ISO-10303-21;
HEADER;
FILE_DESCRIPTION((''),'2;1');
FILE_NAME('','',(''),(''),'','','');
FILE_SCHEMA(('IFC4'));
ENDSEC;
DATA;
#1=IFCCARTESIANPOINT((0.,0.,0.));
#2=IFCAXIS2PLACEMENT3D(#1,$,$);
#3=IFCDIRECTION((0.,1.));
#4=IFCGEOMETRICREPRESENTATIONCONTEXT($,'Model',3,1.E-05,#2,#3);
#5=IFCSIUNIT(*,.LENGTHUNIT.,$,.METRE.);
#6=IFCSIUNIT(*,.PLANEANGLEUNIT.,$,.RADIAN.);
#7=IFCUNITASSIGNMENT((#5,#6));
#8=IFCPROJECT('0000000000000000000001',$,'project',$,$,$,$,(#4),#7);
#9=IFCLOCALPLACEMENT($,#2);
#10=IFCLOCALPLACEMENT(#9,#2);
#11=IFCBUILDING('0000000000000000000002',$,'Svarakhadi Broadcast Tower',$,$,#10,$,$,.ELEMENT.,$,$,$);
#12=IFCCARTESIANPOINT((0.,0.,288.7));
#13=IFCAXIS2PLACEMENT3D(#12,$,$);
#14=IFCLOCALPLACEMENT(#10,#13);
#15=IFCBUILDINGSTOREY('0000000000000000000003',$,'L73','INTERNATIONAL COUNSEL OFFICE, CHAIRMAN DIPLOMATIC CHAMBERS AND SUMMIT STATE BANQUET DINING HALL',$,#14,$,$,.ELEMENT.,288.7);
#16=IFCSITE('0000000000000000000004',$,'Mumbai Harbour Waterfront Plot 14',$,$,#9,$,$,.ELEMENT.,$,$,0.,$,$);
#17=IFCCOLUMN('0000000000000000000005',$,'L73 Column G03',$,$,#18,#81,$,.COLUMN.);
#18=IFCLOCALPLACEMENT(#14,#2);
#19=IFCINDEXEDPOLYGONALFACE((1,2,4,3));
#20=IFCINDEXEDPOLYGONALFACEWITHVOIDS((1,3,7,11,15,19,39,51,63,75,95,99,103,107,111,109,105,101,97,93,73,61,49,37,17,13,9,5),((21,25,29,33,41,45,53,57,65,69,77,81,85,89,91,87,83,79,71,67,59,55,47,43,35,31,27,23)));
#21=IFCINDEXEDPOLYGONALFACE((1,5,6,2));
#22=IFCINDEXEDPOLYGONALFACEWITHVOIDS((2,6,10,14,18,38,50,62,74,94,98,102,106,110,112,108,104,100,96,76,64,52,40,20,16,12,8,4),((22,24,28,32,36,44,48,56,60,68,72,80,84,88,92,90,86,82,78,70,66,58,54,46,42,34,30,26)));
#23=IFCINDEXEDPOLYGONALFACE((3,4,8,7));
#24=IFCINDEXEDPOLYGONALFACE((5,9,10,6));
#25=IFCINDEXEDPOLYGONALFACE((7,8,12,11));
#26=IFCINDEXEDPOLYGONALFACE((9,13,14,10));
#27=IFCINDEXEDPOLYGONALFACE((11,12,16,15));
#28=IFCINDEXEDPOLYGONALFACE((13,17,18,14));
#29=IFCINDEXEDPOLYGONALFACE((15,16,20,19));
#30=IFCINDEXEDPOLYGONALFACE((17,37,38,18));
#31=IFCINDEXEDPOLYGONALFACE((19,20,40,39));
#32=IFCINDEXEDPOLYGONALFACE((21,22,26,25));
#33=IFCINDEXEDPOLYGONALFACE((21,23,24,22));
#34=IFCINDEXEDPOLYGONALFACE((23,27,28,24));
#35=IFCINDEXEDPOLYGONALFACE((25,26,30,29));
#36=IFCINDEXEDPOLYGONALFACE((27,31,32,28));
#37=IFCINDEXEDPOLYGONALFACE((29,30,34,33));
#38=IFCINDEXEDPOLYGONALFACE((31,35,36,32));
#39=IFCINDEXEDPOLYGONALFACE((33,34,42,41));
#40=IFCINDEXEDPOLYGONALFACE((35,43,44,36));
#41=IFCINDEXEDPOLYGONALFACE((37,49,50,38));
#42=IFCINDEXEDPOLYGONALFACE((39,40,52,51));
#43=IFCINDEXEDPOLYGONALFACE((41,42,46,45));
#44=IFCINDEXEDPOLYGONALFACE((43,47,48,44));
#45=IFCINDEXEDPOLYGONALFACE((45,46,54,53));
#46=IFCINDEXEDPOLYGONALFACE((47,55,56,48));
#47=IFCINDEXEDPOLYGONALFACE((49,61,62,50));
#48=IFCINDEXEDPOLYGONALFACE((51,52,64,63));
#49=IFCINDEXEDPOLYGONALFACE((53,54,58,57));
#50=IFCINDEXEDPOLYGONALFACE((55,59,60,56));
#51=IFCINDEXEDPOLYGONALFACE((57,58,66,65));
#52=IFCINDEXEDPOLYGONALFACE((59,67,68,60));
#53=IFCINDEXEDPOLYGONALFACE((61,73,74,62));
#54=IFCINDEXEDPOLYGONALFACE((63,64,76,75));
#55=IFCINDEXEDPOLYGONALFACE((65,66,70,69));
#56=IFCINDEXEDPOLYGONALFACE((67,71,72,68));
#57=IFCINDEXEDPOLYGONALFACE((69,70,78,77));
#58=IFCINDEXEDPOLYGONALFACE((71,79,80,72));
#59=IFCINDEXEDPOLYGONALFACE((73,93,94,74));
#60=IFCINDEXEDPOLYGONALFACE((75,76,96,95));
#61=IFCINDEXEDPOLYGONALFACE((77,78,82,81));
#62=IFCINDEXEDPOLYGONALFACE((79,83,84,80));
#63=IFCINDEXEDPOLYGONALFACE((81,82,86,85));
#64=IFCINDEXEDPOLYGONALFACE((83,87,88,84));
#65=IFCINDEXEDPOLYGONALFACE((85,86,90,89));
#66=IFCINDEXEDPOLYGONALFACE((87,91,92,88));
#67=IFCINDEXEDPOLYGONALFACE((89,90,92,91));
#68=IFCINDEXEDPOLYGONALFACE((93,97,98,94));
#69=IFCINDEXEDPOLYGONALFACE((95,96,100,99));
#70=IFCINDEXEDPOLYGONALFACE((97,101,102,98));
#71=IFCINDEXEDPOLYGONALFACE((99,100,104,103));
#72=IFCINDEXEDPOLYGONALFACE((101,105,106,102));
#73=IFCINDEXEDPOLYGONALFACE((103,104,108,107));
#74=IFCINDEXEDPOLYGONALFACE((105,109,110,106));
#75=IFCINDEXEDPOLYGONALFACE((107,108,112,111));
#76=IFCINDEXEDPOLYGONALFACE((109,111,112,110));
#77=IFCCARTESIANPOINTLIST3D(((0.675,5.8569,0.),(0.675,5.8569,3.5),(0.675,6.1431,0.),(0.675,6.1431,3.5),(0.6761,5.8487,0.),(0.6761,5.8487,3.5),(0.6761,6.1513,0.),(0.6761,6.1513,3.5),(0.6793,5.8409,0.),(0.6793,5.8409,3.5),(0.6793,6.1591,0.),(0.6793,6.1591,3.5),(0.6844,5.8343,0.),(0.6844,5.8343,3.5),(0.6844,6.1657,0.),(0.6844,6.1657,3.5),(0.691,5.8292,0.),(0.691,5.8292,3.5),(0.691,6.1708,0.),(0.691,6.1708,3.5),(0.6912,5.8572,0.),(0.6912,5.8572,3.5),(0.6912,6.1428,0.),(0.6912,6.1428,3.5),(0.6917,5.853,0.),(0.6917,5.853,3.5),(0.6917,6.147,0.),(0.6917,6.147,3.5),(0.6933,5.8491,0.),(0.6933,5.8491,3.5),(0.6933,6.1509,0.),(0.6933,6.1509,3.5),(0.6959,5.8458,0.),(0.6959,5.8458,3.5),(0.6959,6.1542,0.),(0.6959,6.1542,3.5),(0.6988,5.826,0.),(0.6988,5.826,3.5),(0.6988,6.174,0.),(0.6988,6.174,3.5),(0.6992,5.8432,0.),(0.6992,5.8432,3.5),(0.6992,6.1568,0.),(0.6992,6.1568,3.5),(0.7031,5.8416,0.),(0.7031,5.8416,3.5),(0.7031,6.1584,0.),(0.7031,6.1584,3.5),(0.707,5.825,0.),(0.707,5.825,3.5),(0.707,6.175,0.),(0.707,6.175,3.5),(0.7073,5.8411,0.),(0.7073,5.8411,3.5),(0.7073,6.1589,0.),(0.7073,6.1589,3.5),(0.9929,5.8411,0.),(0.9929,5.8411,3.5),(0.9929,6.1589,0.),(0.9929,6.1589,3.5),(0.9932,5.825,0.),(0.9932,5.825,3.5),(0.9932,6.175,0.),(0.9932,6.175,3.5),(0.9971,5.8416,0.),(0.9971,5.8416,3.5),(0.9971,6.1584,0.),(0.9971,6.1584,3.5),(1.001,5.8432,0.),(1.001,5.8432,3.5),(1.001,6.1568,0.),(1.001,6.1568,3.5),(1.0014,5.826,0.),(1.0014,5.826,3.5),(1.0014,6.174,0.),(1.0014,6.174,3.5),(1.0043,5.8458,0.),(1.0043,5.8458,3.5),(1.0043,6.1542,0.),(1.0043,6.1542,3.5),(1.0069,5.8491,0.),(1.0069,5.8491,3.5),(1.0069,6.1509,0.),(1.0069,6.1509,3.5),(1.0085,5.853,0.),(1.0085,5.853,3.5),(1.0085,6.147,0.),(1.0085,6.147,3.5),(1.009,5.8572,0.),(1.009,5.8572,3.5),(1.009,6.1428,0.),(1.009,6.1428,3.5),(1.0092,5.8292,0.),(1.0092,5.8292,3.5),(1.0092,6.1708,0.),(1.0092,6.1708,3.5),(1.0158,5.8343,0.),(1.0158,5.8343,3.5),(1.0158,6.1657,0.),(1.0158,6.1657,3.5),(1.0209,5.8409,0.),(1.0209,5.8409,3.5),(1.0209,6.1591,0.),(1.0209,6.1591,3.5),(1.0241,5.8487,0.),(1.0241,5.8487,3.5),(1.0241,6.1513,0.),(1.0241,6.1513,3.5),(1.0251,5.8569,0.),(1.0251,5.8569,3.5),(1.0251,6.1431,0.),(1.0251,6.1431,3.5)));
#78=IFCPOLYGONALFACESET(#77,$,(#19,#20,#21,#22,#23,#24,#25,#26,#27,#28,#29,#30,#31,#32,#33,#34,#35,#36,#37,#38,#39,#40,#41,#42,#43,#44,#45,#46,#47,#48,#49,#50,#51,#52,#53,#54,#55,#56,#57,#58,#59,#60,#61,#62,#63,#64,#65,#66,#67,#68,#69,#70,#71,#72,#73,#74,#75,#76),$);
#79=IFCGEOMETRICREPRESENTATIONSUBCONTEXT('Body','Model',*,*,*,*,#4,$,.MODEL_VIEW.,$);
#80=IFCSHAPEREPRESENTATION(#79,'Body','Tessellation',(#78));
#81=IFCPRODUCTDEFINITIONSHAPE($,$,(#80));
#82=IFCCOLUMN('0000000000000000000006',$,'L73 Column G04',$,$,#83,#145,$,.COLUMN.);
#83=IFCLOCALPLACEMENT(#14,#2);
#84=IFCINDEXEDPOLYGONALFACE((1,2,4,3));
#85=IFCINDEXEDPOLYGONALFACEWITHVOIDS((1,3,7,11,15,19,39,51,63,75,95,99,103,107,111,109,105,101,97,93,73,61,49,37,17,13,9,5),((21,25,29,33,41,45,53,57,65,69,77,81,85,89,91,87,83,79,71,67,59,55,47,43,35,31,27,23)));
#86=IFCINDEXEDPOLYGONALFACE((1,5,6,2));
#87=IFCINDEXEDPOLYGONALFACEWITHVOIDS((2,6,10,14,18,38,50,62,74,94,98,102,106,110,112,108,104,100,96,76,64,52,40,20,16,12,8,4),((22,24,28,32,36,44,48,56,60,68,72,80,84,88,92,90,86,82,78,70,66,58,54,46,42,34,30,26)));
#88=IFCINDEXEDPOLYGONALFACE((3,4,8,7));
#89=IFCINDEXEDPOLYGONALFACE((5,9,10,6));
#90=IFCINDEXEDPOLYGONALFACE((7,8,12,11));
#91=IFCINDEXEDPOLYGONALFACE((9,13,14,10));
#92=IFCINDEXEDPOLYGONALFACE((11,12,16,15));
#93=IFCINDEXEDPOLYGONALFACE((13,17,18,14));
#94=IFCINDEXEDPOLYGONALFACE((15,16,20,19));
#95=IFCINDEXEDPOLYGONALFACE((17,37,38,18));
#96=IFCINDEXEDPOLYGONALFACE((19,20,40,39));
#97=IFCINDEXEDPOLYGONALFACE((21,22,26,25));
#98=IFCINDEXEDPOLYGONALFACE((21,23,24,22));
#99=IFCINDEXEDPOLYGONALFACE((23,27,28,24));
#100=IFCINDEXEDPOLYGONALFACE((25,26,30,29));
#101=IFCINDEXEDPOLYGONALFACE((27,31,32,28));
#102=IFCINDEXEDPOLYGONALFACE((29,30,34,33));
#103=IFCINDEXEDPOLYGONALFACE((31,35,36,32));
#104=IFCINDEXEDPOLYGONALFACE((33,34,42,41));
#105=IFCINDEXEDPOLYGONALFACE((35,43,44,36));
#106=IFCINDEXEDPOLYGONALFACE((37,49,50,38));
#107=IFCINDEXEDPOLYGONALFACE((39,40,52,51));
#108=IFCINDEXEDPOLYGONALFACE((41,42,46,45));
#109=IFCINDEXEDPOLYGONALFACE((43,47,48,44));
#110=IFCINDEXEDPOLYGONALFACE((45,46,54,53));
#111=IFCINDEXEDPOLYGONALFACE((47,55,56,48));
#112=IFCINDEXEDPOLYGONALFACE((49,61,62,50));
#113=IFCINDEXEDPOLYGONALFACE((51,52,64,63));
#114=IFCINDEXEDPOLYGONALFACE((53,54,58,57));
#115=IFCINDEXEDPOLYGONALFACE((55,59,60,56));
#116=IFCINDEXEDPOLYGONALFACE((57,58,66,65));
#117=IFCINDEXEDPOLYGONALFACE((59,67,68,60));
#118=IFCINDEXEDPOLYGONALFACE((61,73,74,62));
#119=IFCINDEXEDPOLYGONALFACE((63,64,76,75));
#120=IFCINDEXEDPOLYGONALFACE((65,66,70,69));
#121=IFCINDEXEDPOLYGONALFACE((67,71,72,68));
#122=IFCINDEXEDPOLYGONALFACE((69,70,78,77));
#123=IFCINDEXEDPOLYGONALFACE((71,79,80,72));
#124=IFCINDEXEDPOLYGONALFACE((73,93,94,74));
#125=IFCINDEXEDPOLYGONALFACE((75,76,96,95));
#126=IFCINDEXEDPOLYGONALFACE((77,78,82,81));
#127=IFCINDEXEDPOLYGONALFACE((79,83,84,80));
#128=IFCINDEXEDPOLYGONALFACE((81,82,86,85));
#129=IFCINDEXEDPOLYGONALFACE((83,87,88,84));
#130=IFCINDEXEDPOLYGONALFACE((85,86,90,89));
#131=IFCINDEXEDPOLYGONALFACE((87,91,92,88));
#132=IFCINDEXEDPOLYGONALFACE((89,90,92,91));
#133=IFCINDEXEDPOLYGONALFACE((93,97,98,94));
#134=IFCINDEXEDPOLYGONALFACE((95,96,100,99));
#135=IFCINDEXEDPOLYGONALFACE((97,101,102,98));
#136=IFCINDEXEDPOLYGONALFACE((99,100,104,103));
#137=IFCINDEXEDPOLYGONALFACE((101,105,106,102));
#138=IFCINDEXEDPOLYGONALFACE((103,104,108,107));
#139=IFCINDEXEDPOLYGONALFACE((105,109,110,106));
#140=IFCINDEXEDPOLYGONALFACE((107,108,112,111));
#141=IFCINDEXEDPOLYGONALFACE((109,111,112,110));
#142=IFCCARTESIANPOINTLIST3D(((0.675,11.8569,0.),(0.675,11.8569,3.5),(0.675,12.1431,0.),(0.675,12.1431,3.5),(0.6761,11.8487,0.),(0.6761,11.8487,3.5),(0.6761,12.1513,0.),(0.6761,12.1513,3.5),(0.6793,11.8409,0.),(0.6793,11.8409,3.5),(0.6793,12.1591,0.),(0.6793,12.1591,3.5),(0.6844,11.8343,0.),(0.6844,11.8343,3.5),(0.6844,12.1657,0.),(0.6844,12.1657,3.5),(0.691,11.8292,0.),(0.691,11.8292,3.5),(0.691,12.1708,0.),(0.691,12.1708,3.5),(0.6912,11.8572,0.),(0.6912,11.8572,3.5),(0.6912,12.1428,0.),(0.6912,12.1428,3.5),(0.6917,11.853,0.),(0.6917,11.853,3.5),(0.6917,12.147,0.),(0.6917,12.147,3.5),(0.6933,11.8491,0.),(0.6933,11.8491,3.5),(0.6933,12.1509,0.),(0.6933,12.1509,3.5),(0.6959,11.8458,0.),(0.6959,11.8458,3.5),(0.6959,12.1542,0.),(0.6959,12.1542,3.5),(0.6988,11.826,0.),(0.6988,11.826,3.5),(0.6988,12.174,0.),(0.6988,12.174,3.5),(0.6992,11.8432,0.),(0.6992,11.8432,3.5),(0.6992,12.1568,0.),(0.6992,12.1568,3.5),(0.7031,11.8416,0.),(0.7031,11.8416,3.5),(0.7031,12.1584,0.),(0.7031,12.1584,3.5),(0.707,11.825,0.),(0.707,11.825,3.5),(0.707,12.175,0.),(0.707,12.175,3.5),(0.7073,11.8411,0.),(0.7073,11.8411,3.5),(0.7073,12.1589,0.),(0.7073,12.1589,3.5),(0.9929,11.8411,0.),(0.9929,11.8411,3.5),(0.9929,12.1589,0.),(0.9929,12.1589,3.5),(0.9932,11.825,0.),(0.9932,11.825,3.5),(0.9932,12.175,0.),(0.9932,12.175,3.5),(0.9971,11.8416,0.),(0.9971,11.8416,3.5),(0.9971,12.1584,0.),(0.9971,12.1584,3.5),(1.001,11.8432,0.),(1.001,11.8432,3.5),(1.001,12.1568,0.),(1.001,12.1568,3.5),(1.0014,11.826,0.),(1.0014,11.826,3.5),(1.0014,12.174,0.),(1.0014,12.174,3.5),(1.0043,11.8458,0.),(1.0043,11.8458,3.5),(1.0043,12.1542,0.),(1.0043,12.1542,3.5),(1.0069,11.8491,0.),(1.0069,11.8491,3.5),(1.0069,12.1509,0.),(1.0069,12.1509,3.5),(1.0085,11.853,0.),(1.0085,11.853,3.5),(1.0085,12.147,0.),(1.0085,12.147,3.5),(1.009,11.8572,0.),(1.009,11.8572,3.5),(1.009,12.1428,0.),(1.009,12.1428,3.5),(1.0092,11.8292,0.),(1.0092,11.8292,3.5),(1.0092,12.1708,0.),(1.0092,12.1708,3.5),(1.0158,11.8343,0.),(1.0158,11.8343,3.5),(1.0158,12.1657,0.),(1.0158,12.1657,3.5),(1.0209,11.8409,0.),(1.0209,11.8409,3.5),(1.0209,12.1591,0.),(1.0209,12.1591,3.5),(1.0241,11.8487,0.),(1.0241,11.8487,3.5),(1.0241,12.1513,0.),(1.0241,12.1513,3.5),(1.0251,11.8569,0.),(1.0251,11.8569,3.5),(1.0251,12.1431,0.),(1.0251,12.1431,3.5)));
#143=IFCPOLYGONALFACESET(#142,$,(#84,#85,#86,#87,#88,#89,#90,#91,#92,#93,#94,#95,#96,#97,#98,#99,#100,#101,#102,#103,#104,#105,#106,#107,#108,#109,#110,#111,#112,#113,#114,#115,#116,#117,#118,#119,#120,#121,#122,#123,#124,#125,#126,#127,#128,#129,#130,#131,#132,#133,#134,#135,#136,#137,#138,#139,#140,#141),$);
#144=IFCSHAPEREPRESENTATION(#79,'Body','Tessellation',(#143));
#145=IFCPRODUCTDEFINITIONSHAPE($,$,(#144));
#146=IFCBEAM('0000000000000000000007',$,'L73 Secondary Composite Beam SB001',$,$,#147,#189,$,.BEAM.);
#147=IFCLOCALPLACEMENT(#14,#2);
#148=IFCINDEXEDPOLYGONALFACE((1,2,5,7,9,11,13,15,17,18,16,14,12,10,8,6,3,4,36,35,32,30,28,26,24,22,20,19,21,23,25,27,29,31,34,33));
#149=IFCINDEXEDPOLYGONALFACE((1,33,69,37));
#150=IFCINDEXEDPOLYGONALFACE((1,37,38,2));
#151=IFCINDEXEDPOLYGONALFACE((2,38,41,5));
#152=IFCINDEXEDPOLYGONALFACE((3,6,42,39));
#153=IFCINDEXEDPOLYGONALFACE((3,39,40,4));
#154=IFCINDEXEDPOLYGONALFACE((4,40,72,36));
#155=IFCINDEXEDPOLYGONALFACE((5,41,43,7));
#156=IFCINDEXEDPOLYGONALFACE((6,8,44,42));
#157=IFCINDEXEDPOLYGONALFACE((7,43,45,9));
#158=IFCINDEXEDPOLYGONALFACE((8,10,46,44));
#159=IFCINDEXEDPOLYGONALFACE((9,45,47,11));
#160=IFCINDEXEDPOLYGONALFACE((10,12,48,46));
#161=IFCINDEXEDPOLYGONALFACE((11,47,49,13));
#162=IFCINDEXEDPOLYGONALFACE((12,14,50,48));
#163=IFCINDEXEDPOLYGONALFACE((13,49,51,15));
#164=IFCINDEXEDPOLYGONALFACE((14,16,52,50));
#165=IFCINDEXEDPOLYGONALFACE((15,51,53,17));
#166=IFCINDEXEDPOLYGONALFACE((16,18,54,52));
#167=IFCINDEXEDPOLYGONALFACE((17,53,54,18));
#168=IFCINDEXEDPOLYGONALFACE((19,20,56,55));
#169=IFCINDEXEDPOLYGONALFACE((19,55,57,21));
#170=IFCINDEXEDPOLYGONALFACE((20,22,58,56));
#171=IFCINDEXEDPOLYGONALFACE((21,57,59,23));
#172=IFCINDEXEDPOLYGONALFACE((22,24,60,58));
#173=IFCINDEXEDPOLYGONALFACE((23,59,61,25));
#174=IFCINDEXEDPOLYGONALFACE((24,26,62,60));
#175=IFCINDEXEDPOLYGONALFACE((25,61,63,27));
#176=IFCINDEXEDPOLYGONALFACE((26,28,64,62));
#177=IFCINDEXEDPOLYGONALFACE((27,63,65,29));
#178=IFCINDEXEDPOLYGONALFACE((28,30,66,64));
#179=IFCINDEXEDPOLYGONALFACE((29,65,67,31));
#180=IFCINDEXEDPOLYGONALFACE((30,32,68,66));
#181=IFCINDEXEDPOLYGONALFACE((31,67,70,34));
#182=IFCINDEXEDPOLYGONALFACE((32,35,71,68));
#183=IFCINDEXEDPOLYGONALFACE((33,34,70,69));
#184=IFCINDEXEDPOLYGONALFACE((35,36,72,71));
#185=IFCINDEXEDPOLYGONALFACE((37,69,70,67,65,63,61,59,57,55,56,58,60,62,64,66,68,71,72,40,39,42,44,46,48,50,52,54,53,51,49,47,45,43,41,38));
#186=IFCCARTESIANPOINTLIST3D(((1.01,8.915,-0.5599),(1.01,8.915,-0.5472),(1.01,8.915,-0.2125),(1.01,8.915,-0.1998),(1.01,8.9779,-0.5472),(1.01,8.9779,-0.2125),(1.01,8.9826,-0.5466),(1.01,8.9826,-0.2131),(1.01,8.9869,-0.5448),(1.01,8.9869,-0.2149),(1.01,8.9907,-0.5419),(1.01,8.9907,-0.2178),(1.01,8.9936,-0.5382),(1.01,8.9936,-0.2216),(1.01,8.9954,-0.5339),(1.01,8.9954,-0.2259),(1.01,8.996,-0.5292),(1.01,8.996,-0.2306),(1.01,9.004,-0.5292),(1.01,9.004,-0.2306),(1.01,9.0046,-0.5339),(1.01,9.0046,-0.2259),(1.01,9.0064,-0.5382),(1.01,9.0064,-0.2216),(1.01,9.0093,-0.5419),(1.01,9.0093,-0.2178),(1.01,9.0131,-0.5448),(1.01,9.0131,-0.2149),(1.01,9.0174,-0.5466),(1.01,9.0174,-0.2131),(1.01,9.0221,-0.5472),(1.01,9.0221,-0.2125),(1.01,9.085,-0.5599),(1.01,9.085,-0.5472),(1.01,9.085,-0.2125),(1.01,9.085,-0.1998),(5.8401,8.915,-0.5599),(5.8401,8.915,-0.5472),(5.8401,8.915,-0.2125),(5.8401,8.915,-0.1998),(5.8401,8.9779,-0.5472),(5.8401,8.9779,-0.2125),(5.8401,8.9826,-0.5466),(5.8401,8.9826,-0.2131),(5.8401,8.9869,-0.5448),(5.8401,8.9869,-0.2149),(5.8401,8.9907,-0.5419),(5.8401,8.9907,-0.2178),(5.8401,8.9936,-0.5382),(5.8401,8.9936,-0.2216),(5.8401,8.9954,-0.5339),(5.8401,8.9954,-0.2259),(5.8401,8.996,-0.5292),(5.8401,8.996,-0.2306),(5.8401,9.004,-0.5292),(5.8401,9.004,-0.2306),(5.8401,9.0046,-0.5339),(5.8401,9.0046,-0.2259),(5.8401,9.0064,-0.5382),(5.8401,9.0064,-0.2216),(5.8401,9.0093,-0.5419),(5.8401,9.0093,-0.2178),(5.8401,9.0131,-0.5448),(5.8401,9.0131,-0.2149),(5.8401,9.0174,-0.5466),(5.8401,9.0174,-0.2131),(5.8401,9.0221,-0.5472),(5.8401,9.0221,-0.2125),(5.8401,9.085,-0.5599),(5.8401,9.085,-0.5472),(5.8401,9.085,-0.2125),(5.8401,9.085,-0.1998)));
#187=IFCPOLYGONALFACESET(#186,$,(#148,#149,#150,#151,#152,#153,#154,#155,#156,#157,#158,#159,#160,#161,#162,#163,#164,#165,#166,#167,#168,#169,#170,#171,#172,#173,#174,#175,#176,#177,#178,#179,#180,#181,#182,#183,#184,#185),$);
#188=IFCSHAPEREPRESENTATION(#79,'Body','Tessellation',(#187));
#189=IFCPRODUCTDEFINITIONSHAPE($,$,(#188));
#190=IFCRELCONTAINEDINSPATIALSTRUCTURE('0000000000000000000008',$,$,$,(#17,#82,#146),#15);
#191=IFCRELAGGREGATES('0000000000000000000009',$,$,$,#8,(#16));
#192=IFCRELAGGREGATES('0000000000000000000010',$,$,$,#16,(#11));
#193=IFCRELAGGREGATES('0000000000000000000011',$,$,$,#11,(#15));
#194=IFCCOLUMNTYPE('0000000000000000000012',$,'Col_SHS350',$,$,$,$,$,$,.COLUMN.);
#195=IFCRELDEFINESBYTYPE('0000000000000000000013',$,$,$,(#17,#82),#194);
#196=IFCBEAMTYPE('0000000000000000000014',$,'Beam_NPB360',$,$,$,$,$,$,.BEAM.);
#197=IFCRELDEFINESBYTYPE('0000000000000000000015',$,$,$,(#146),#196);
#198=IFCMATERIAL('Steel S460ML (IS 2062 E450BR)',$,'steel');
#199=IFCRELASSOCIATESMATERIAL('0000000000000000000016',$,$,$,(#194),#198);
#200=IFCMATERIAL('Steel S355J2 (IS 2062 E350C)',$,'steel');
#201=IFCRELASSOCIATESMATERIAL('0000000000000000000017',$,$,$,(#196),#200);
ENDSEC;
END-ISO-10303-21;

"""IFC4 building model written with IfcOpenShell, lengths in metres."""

from ifc_helpers import new_model, si_unit, direction, frame, origin, origin_2d, place, context, subcontext, project, spatial, hollow_rectangle, i_section, extrude, material, material_profile, profile_set, type_object, element, save


model = new_model("IFC4")

# Units and contexts
model_context = context("Model", 3, precision=1e-05, world=origin(), true_north=direction((0.0, 1.0)))
body_context = subcontext(model_context, "Body", "Model", "MODEL_VIEW")
ifc_project = project(units=[si_unit("LENGTHUNIT", "METRE"), si_unit("PLANEANGLEUNIT", "RADIAN")], contexts=[model_context])

# Site, building, storey
site_placement = place(None, origin())
site = spatial("IfcSite", under=ifc_project, at=site_placement, Name="Mumbai Harbour Waterfront Plot 14", CompositionType="ELEMENT", RefElevation=0.0)
building_placement = place(site_placement, origin())
building = spatial("IfcBuilding", under=site, at=building_placement, Name="Svarakhadi Broadcast Tower", CompositionType="ELEMENT")
storey_placement = place(building_placement, frame((0.0, 0.0, 288.7)))
storey = spatial("IfcBuildingStorey", under=building, at=storey_placement, Name="L73", Description="INTERNATIONAL COUNSEL OFFICE, CHAIRMAN DIPLOMATIC CHAMBERS AND SUMMIT STATE BANQUET DINING HALL", CompositionType="ELEMENT", Elevation=288.7)

# Columns
ifc_material_1 = material(Name="Steel S460ML (IS 2062 E450BR)", Category="steel")
ifc_material_profile_1 = material_profile(ifc_material_1, hollow_rectangle(XDim=0.3501, YDim=0.3501, WallThickness=0.0161, InnerFilletRadius=0.0161, OuterFilletRadius=0.032, at=origin_2d()), Name="SHS 350x350x16")
ifc_profile_set_1 = profile_set([ifc_material_profile_1], Name="Steel S460ML (IS 2062 E450BR)")
column_type = type_object("IfcColumnType", Name="Col_SHS350", PredefinedType="COLUMN", material=ifc_profile_set_1)
for number, where, z_axis, x_axis, name in (
    (1, (0.8501, 6.0, 0.0), (0.0, 0.0, 1.0), (1.0, 0.0, 0.0), "L73 Column G03"),
    (2, (0.8501, 12.0, 0.0), (0.0, 0.0, 1.0), (1.0, 0.0, 0.0), "L73 Column G04"),
):
    element("IfcColumn", number, at=place(storey_placement, frame(where, z_axis=z_axis, x_axis=x_axis)), inside=storey, type_object=column_type, Name=name, PredefinedType="COLUMN", context=body_context, shape_type="SweptSolid", body=[
        extrude(hollow_rectangle(XDim=0.3501, YDim=0.3501, WallThickness=0.0161, InnerFilletRadius=0.0161, OuterFilletRadius=0.032, at=origin_2d()), origin(), (0.0, 0.0, 1.0), 3.5),
    ])

# Beam
ifc_material_2 = material(Name="Steel S355J2 (IS 2062 E350C)", Category="steel")
ifc_material_profile_2 = material_profile(ifc_material_2, i_section(OverallWidth=0.1699, OverallDepth=0.3601, WebThickness=0.0081, FlangeThickness=0.0127, FilletRadius=0.0181, at=origin_2d()), Name="NPB 360x170x57")
ifc_profile_set_2 = profile_set([ifc_material_profile_2], Name="Steel S355J2 (IS 2062 E350C)")
beam_type_1 = type_object("IfcBeamType", Name="Beam_NPB360", PredefinedType="BEAM", material=ifc_profile_set_2)
beam_placement = place(storey_placement, frame((1.01, 9.0, -0.3799), z_axis=(1.0, 0.0, 0.0), x_axis=(0.0, 1.0, 0.0)))
element("IfcBeam", 3, at=beam_placement, inside=storey, type_object=beam_type_1, Name="L73 Secondary Composite Beam SB001", PredefinedType="BEAM", context=body_context, shape_type="SweptSolid", body=[
    extrude(i_section(OverallWidth=0.1699, OverallDepth=0.3601, WebThickness=0.0081, FlangeThickness=0.0127, FilletRadius=0.0181, at=origin_2d()), origin(), (0.0, 0.0, 1.0), 4.8301),
])

save(model, "model.ifc")
